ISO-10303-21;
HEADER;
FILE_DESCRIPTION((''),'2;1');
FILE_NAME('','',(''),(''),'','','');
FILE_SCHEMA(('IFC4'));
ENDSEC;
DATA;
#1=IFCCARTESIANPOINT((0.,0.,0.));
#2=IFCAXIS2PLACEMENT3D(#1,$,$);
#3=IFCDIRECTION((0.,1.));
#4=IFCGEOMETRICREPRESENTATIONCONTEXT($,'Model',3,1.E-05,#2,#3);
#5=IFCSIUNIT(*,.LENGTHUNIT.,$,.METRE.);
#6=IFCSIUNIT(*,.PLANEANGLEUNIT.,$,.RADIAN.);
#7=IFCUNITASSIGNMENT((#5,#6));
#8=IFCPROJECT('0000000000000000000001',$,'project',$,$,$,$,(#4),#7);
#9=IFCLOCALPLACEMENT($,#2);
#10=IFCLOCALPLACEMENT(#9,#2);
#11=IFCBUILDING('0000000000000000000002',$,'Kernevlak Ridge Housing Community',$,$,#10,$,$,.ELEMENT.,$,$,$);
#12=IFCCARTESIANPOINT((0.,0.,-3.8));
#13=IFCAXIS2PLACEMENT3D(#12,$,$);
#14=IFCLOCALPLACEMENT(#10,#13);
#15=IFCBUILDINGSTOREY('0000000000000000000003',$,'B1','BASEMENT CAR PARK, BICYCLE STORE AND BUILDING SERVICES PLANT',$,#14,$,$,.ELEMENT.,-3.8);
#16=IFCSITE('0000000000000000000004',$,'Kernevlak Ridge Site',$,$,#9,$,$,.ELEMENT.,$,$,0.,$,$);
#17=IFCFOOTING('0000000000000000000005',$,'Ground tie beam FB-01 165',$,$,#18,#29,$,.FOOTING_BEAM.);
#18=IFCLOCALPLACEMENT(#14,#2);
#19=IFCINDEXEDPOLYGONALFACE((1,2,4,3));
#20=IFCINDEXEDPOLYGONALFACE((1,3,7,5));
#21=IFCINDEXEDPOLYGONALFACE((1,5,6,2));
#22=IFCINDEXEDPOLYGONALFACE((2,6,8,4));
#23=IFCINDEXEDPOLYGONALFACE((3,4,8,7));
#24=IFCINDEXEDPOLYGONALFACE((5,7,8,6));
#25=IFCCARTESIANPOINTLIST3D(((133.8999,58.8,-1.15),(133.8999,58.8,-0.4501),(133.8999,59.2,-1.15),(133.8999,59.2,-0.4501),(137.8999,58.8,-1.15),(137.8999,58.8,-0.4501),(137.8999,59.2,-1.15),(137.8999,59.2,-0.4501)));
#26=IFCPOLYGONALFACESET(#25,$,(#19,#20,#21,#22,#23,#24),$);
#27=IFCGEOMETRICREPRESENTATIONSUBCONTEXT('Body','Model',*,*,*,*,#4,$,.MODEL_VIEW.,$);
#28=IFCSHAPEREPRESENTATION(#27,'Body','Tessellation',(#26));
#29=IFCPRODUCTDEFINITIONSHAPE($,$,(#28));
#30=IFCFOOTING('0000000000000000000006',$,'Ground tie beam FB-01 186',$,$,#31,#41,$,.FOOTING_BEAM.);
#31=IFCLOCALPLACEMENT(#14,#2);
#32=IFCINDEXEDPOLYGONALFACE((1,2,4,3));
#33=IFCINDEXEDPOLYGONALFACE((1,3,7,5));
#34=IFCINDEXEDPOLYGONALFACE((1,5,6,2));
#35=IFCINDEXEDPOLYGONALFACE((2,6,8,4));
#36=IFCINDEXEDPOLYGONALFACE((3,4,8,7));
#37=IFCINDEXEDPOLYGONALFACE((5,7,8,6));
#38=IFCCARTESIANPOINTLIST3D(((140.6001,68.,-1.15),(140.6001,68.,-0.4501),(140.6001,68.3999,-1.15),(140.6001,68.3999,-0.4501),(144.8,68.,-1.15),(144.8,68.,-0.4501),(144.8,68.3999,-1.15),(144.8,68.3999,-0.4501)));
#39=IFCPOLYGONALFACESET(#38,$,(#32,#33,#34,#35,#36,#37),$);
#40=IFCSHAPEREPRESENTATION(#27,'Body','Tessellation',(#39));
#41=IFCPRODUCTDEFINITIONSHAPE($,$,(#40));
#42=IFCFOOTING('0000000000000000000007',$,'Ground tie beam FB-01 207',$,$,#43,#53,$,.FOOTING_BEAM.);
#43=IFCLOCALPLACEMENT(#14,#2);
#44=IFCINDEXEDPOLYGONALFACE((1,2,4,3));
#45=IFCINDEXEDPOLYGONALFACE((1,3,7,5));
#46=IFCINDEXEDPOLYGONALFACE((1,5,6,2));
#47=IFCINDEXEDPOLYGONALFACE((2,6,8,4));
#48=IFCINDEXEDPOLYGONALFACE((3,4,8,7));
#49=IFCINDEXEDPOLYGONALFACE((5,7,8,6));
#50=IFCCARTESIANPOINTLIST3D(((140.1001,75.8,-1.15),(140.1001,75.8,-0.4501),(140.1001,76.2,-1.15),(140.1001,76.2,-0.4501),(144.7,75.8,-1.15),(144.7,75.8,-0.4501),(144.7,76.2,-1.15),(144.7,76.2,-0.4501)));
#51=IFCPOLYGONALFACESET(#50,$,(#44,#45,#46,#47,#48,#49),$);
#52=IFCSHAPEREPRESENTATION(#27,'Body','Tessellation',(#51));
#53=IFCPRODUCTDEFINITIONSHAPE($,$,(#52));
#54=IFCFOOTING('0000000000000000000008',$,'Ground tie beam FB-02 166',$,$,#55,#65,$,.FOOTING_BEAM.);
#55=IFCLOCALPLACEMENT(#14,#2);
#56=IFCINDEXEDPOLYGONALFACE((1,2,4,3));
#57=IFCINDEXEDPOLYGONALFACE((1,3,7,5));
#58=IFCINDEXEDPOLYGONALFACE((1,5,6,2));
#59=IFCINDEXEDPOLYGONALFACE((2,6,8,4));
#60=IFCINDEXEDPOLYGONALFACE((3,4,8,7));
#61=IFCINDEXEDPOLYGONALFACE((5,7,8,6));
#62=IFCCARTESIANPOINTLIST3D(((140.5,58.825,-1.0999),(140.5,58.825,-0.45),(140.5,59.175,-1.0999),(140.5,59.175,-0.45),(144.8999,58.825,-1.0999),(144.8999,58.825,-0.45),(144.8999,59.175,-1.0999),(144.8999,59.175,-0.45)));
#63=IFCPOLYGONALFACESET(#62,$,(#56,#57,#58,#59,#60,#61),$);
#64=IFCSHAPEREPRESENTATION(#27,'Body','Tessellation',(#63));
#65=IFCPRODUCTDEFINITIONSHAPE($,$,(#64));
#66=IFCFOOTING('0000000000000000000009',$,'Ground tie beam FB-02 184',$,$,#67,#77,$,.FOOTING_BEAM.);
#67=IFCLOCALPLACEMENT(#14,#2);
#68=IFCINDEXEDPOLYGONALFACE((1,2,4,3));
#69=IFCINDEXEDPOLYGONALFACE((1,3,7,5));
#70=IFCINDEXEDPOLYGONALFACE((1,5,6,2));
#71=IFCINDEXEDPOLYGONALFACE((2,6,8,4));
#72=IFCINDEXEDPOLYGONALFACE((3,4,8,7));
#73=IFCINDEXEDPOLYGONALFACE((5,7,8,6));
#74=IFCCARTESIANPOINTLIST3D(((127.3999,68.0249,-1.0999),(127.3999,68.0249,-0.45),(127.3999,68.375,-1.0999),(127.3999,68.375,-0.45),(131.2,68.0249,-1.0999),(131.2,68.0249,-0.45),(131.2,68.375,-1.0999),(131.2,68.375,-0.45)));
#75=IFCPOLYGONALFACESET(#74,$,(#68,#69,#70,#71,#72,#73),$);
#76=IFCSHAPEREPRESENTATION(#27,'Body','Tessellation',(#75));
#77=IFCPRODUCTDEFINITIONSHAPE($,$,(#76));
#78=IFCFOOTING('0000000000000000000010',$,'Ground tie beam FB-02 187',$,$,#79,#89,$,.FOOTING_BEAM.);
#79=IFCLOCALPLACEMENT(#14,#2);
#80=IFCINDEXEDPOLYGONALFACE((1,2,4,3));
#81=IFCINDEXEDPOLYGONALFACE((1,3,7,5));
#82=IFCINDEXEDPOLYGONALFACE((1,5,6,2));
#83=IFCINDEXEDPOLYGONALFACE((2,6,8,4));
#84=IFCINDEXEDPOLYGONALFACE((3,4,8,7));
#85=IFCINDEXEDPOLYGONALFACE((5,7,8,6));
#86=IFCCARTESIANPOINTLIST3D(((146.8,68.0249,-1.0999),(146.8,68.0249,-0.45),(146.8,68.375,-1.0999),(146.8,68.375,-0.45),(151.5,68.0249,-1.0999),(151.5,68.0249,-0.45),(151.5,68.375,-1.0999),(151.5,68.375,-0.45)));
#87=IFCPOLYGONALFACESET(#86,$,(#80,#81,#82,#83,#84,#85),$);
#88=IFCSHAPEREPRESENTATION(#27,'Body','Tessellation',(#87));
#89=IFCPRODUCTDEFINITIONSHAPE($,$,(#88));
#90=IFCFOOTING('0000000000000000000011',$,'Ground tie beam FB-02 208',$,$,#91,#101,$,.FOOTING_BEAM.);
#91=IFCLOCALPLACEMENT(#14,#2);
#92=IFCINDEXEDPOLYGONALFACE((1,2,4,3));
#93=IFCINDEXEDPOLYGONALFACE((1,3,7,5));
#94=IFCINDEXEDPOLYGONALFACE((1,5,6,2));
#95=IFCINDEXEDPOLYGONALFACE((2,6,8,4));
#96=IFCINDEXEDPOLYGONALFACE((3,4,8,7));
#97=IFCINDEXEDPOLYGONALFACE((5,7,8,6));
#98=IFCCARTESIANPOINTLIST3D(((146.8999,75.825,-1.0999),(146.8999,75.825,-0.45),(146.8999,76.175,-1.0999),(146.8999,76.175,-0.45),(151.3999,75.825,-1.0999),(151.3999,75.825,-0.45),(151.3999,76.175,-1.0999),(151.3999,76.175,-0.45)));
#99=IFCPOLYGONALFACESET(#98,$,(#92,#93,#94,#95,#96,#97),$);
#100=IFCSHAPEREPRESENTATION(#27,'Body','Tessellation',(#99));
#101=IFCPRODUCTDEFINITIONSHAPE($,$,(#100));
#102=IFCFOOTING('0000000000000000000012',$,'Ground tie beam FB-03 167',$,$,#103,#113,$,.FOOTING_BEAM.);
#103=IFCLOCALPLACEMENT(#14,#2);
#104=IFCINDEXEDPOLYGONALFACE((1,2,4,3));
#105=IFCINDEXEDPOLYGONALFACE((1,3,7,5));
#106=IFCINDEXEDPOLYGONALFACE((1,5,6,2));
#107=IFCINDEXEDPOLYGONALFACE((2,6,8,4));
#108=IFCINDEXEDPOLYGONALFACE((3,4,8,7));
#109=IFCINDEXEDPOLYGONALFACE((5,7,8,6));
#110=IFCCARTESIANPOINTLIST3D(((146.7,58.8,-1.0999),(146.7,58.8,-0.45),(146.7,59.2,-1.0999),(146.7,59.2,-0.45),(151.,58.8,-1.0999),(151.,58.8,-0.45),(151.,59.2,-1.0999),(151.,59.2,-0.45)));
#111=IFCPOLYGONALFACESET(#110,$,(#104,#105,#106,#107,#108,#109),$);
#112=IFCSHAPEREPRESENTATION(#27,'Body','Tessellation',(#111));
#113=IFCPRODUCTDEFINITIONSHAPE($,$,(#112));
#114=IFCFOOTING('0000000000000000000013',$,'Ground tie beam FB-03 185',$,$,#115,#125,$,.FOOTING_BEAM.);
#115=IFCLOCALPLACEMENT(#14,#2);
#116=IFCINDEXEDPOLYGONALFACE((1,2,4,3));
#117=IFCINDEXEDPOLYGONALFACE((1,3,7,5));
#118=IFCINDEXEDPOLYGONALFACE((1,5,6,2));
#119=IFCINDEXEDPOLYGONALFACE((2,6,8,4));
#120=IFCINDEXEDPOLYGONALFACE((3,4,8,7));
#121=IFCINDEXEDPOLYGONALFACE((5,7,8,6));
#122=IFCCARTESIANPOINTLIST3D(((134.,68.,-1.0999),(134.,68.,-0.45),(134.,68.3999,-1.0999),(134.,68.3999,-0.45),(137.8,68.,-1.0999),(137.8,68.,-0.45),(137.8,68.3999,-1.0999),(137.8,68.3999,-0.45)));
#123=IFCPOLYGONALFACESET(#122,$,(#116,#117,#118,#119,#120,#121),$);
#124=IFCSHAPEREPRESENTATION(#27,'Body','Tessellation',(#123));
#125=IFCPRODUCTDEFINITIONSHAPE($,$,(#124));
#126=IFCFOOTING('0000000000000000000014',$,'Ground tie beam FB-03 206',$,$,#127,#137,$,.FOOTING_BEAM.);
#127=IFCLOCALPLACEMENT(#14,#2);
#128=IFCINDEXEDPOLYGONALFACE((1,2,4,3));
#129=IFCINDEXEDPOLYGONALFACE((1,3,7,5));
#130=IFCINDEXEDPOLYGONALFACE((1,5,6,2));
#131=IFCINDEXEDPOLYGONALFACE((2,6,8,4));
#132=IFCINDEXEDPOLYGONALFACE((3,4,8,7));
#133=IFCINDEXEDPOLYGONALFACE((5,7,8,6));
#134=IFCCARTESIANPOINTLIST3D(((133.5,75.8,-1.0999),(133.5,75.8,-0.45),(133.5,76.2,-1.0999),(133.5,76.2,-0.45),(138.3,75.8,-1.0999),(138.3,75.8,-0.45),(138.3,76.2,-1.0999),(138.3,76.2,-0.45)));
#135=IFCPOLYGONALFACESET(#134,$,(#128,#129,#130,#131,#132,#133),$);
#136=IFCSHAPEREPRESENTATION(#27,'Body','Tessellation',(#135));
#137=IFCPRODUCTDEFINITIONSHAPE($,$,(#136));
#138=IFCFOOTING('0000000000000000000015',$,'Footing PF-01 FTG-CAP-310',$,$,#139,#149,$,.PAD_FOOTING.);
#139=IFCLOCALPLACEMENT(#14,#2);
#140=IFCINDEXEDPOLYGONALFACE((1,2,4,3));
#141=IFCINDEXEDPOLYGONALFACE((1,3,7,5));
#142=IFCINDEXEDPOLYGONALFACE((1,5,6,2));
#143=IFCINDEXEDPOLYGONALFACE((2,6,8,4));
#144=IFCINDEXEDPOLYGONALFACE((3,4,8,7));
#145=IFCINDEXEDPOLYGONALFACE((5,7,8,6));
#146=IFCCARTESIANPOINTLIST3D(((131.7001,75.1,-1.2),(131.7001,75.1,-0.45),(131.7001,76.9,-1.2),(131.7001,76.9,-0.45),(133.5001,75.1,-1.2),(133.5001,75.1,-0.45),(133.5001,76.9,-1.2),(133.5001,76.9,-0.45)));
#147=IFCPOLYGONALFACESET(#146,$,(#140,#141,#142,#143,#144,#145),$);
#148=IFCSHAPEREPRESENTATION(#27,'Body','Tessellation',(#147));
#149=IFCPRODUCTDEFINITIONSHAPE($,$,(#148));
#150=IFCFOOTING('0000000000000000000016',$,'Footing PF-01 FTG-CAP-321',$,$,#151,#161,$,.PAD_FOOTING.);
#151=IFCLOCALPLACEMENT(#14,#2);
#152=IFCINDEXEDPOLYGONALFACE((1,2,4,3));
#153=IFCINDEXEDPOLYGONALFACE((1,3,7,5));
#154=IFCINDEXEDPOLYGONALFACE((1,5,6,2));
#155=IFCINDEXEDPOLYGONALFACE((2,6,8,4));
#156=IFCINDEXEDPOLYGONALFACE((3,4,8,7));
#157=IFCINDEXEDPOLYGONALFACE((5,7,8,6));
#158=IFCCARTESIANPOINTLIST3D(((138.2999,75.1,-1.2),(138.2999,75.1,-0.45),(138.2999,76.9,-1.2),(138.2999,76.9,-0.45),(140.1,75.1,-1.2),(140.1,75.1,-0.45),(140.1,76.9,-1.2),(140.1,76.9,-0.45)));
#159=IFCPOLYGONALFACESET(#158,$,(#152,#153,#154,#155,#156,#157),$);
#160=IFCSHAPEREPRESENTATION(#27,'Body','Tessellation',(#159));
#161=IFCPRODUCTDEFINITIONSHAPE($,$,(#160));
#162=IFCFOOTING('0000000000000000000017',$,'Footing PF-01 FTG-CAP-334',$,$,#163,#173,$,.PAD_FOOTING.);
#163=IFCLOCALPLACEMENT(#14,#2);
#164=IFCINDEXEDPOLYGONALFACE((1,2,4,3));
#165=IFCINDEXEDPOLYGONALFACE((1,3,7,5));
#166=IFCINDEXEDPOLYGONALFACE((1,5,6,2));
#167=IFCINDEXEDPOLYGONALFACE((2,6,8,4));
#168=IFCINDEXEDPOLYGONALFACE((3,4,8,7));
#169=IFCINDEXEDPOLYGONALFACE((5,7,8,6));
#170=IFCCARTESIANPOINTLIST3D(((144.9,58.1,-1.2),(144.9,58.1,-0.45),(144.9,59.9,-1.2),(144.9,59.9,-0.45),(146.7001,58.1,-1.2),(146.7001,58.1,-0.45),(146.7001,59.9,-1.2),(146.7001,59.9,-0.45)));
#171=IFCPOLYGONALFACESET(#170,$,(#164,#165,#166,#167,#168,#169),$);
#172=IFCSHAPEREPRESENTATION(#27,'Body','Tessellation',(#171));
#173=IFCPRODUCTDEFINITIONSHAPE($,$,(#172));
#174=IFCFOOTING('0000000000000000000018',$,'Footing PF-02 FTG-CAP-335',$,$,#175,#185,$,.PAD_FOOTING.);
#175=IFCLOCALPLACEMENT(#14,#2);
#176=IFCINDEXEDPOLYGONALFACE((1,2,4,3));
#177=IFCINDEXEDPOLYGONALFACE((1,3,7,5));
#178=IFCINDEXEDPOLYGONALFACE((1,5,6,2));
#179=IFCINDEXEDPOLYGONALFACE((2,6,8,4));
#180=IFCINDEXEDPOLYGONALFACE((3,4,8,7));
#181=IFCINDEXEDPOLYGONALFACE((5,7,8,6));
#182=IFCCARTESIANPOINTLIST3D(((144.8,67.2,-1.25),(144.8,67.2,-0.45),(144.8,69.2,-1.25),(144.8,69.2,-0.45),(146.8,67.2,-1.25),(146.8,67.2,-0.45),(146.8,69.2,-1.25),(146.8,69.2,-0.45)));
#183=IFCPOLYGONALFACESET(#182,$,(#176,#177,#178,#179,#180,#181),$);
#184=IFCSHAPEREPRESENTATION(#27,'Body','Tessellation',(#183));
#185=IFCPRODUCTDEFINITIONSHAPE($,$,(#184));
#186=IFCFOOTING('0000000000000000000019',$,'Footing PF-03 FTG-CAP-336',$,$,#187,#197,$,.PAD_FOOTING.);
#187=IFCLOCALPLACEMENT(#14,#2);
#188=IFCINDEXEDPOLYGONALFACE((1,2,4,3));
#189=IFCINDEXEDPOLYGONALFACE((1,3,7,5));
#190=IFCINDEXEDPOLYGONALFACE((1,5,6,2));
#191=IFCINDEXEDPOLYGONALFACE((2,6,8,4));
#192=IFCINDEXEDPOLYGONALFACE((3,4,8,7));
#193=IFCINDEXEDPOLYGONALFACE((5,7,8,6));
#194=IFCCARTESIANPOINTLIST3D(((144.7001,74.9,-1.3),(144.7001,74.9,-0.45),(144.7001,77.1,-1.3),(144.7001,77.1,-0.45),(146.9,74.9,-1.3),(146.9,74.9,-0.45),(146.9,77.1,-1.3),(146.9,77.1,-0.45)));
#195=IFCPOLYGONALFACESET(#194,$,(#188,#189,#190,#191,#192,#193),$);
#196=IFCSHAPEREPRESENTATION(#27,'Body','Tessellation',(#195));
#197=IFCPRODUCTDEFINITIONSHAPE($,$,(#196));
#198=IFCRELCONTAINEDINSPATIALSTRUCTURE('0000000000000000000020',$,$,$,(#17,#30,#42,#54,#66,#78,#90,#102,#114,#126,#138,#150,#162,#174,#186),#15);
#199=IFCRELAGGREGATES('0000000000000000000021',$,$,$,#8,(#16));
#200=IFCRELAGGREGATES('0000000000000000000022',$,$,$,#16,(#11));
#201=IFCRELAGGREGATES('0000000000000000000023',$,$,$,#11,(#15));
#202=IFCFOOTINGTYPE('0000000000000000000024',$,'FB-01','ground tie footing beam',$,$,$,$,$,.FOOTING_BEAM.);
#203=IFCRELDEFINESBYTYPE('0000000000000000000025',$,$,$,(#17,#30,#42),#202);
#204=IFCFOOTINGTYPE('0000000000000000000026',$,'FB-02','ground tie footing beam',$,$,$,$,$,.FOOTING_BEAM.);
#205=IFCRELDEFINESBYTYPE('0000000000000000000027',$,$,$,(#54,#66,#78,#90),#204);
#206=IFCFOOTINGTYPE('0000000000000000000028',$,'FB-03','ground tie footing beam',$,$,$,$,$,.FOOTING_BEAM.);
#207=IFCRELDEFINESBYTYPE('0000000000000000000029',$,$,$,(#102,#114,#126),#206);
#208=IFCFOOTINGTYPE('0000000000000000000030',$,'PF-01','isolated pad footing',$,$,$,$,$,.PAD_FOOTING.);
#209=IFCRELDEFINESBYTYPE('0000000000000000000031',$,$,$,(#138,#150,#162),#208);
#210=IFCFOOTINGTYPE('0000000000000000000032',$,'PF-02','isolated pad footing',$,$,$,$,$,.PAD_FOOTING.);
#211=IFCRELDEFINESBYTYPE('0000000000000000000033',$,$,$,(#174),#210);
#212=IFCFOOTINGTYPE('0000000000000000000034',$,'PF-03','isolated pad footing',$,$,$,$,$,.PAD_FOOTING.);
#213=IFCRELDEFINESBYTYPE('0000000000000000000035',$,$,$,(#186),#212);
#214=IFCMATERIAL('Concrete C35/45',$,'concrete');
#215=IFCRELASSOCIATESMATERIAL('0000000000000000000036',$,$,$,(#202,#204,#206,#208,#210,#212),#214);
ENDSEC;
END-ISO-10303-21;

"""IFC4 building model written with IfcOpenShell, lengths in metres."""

from ifc_helpers import new_model, si_unit, direction, frame, origin, origin_2d, place, context, subcontext, project, spatial, rectangle, extrude, material, material_profile, profile_set, type_object, element, save


model = new_model("IFC4")

# Units and contexts
model_context = context("Model", 3, precision=1e-05, world=origin(), true_north=direction((0.0, 1.0)))
body_context = subcontext(model_context, "Body", "Model", "MODEL_VIEW")
ifc_project = project(units=[si_unit("LENGTHUNIT", "METRE"), si_unit("PLANEANGLEUNIT", "RADIAN")], contexts=[model_context])

# Site, building, storey
site_placement = place(None, origin())
site = spatial("IfcSite", under=ifc_project, at=site_placement, Name="Kernevlak Ridge Site", CompositionType="ELEMENT", RefElevation=0.0)
building_placement = place(site_placement, origin())
building = spatial("IfcBuilding", under=site, at=building_placement, Name="Kernevlak Ridge Housing Community", CompositionType="ELEMENT")
storey_placement = place(building_placement, frame((0.0, 0.0, -3.8)))
storey = spatial("IfcBuildingStorey", under=building, at=storey_placement, Name="B1", Description="BASEMENT CAR PARK, BICYCLE STORE AND BUILDING SERVICES PLANT", CompositionType="ELEMENT", Elevation=-3.8)

# Shared definitions
ifc_material_1 = material(Name="Concrete C35/45", Category="concrete")

# Footings
ifc_material_profile_1 = material_profile(ifc_material_1, rectangle(XDim=0.3999, YDim=0.7, at=origin_2d()), Name="RC 400x700")
ifc_profile_set_1 = profile_set([ifc_material_profile_1], Name="Concrete C35/45")
footing_type_1 = type_object("IfcFootingType", Name="FB-01", Description="ground tie footing beam", PredefinedType="FOOTING_BEAM", material=ifc_profile_set_1)
footing_1_placement = place(storey_placement, frame((133.8999, 59.0, -0.8), z_axis=(1.0, 0.0, 0.0), x_axis=(0.0, 1.0, 0.0)))
element("IfcFooting", 1, at=footing_1_placement, inside=storey, type_object=footing_type_1, Name="Ground tie beam FB-01 165", PredefinedType="FOOTING_BEAM", context=body_context, shape_type="SweptSolid", body=[
    extrude(rectangle(XDim=0.3999, YDim=0.7, at=origin_2d()), origin(), (0.0, 0.0, 1.0), 4.0),
])
footing_2_placement = place(storey_placement, frame((140.6001, 68.2, -0.8), z_axis=(1.0, 0.0, 0.0), x_axis=(0.0, 1.0, 0.0)))
element("IfcFooting", 2, at=footing_2_placement, inside=storey, type_object=footing_type_1, Name="Ground tie beam FB-01 186", PredefinedType="FOOTING_BEAM", context=body_context, shape_type="SweptSolid", body=[
    extrude(rectangle(XDim=0.3999, YDim=0.7, at=origin_2d()), origin(), (0.0, 0.0, 1.0), 4.2),
])
footing_3_placement = place(storey_placement, frame((140.1001, 76.0, -0.8), z_axis=(1.0, 0.0, 0.0), x_axis=(0.0, 1.0, 0.0)))
element("IfcFooting", 3, at=footing_3_placement, inside=storey, type_object=footing_type_1, Name="Ground tie beam FB-01 207", PredefinedType="FOOTING_BEAM", context=body_context, shape_type="SweptSolid", body=[
    extrude(rectangle(XDim=0.3999, YDim=0.7, at=origin_2d()), origin(), (0.0, 0.0, 1.0), 4.5999),
])
ifc_material_profile_2 = material_profile(ifc_material_1, rectangle(XDim=0.3501, YDim=0.6499, at=origin_2d()), Name="RC 350x650")
ifc_profile_set_2 = profile_set([ifc_material_profile_2], Name="Concrete C35/45")
footing_type_2 = type_object("IfcFootingType", Name="FB-02", Description="ground tie footing beam", PredefinedType="FOOTING_BEAM", material=ifc_profile_set_2)
footing_4_placement = place(storey_placement, frame((140.5, 59.0, -0.7749), z_axis=(1.0, 0.0, 0.0), x_axis=(0.0, 1.0, 0.0)))
element("IfcFooting", 4, at=footing_4_placement, inside=storey, type_object=footing_type_2, Name="Ground tie beam FB-02 166", PredefinedType="FOOTING_BEAM", context=body_context, shape_type="SweptSolid", body=[
    extrude(rectangle(XDim=0.3501, YDim=0.6499, at=origin_2d()), origin(), (0.0, 0.0, 1.0), 4.3999),
])
footing_5_placement = place(storey_placement, frame((127.3999, 68.2, -0.7749), z_axis=(1.0, 0.0, 0.0), x_axis=(0.0, 1.0, 0.0)))
element("IfcFooting", 5, at=footing_5_placement, inside=storey, type_object=footing_type_2, Name="Ground tie beam FB-02 184", PredefinedType="FOOTING_BEAM", context=body_context, shape_type="SweptSolid", body=[
    extrude(rectangle(XDim=0.3501, YDim=0.6499, at=origin_2d()), origin(), (0.0, 0.0, 1.0), 3.8),
])
footing_6_placement = place(storey_placement, frame((146.8, 68.2, -0.7749), z_axis=(1.0, 0.0, 0.0), x_axis=(0.0, 1.0, 0.0)))
element("IfcFooting", 6, at=footing_6_placement, inside=storey, type_object=footing_type_2, Name="Ground tie beam FB-02 187", PredefinedType="FOOTING_BEAM", context=body_context, shape_type="SweptSolid", body=[
    extrude(rectangle(XDim=0.3501, YDim=0.6499, at=origin_2d()), origin(), (0.0, 0.0, 1.0), 4.7),
])
footing_7_placement = place(storey_placement, frame((146.8999, 76.0, -0.7749), z_axis=(1.0, 0.0, 0.0), x_axis=(0.0, 1.0, 0.0)))
element("IfcFooting", 7, at=footing_7_placement, inside=storey, type_object=footing_type_2, Name="Ground tie beam FB-02 208", PredefinedType="FOOTING_BEAM", context=body_context, shape_type="SweptSolid", body=[
    extrude(rectangle(XDim=0.3501, YDim=0.6499, at=origin_2d()), origin(), (0.0, 0.0, 1.0), 4.5),
])
ifc_material_profile_3 = material_profile(ifc_material_1, rectangle(XDim=0.3999, YDim=0.6499, at=origin_2d()), Name="RC 400x650")
ifc_profile_set_3 = profile_set([ifc_material_profile_3], Name="Concrete C35/45")
footing_type_3 = type_object("IfcFootingType", Name="FB-03", Description="ground tie footing beam", PredefinedType="FOOTING_BEAM", material=ifc_profile_set_3)
footing_8_placement = place(storey_placement, frame((146.7, 59.0, -0.7749), z_axis=(1.0, 0.0, 0.0), x_axis=(0.0, 1.0, 0.0)))
element("IfcFooting", 8, at=footing_8_placement, inside=storey, type_object=footing_type_3, Name="Ground tie beam FB-03 167", PredefinedType="FOOTING_BEAM", context=body_context, shape_type="SweptSolid", body=[
    extrude(rectangle(XDim=0.3999, YDim=0.6499, at=origin_2d()), origin(), (0.0, 0.0, 1.0), 4.3),
])
footing_9_placement = place(storey_placement, frame((134.0, 68.2, -0.7749), z_axis=(1.0, 0.0, 0.0), x_axis=(0.0, 1.0, 0.0)))
element("IfcFooting", 9, at=footing_9_placement, inside=storey, type_object=footing_type_3, Name="Ground tie beam FB-03 185", PredefinedType="FOOTING_BEAM", context=body_context, shape_type="SweptSolid", body=[
    extrude(rectangle(XDim=0.3999, YDim=0.6499, at=origin_2d()), origin(), (0.0, 0.0, 1.0), 3.8),
])
footing_10_placement = place(storey_placement, frame((133.5, 76.0, -0.7749), z_axis=(1.0, 0.0, 0.0), x_axis=(0.0, 1.0, 0.0)))
element("IfcFooting", 10, at=footing_10_placement, inside=storey, type_object=footing_type_3, Name="Ground tie beam FB-03 206", PredefinedType="FOOTING_BEAM", context=body_context, shape_type="SweptSolid", body=[
    extrude(rectangle(XDim=0.3999, YDim=0.6499, at=origin_2d()), origin(), (0.0, 0.0, 1.0), 4.8),
])
footing_type_4 = type_object("IfcFootingType", Name="PF-01", Description="isolated pad footing", PredefinedType="PAD_FOOTING", material=ifc_material_1)
for number, where, z_axis, x_axis, name in (
    (11, (132.6001, 76.0, -1.2), (0.0, 0.0, 1.0), (1.0, 0.0, 0.0), "Footing PF-01 FTG-CAP-310"),
    (12, (139.2, 76.0, -1.2), (0.0, 0.0, 1.0), (1.0, 0.0, 0.0), "Footing PF-01 FTG-CAP-321"),
    (13, (145.8, 59.0, -1.2), (0.0, 0.0, 1.0), (1.0, 0.0, 0.0), "Footing PF-01 FTG-CAP-334"),
):
    element("IfcFooting", number, at=place(storey_placement, frame(where, z_axis=z_axis, x_axis=x_axis)), inside=storey, type_object=footing_type_4, Name=name, PredefinedType="PAD_FOOTING", context=body_context, shape_type="SweptSolid", body=[
        extrude(rectangle(XDim=1.8, YDim=1.8, at=origin_2d()), origin(), (0.0, 0.0, 1.0), 0.75),
    ])
footing_type_5 = type_object("IfcFootingType", Name="PF-02", Description="isolated pad footing", PredefinedType="PAD_FOOTING", material=ifc_material_1)
footing_11_placement = place(storey_placement, frame((145.8, 68.2, -1.25), z_axis=(0.0, 0.0, 1.0), x_axis=(1.0, 0.0, 0.0)))
element("IfcFooting", 14, at=footing_11_placement, inside=storey, type_object=footing_type_5, Name="Footing PF-02 FTG-CAP-335", PredefinedType="PAD_FOOTING", context=body_context, shape_type="SweptSolid", body=[
    extrude(rectangle(XDim=2.0, YDim=2.0, at=origin_2d()), origin(), (0.0, 0.0, 1.0), 0.8),
])
footing_type_6 = type_object("IfcFootingType", Name="PF-03", Description="isolated pad footing", PredefinedType="PAD_FOOTING", material=ifc_material_1)
footing_12_placement = place(storey_placement, frame((145.8, 76.0, -1.3), z_axis=(0.0, 0.0, 1.0), x_axis=(1.0, 0.0, 0.0)))
element("IfcFooting", 15, at=footing_12_placement, inside=storey, type_object=footing_type_6, Name="Footing PF-03 FTG-CAP-336", PredefinedType="PAD_FOOTING", context=body_context, shape_type="SweptSolid", body=[
    extrude(rectangle(XDim=2.2, YDim=2.2, at=origin_2d()), origin(), (0.0, 0.0, 1.0), 0.8501),
])

save(model, "model.ifc")
